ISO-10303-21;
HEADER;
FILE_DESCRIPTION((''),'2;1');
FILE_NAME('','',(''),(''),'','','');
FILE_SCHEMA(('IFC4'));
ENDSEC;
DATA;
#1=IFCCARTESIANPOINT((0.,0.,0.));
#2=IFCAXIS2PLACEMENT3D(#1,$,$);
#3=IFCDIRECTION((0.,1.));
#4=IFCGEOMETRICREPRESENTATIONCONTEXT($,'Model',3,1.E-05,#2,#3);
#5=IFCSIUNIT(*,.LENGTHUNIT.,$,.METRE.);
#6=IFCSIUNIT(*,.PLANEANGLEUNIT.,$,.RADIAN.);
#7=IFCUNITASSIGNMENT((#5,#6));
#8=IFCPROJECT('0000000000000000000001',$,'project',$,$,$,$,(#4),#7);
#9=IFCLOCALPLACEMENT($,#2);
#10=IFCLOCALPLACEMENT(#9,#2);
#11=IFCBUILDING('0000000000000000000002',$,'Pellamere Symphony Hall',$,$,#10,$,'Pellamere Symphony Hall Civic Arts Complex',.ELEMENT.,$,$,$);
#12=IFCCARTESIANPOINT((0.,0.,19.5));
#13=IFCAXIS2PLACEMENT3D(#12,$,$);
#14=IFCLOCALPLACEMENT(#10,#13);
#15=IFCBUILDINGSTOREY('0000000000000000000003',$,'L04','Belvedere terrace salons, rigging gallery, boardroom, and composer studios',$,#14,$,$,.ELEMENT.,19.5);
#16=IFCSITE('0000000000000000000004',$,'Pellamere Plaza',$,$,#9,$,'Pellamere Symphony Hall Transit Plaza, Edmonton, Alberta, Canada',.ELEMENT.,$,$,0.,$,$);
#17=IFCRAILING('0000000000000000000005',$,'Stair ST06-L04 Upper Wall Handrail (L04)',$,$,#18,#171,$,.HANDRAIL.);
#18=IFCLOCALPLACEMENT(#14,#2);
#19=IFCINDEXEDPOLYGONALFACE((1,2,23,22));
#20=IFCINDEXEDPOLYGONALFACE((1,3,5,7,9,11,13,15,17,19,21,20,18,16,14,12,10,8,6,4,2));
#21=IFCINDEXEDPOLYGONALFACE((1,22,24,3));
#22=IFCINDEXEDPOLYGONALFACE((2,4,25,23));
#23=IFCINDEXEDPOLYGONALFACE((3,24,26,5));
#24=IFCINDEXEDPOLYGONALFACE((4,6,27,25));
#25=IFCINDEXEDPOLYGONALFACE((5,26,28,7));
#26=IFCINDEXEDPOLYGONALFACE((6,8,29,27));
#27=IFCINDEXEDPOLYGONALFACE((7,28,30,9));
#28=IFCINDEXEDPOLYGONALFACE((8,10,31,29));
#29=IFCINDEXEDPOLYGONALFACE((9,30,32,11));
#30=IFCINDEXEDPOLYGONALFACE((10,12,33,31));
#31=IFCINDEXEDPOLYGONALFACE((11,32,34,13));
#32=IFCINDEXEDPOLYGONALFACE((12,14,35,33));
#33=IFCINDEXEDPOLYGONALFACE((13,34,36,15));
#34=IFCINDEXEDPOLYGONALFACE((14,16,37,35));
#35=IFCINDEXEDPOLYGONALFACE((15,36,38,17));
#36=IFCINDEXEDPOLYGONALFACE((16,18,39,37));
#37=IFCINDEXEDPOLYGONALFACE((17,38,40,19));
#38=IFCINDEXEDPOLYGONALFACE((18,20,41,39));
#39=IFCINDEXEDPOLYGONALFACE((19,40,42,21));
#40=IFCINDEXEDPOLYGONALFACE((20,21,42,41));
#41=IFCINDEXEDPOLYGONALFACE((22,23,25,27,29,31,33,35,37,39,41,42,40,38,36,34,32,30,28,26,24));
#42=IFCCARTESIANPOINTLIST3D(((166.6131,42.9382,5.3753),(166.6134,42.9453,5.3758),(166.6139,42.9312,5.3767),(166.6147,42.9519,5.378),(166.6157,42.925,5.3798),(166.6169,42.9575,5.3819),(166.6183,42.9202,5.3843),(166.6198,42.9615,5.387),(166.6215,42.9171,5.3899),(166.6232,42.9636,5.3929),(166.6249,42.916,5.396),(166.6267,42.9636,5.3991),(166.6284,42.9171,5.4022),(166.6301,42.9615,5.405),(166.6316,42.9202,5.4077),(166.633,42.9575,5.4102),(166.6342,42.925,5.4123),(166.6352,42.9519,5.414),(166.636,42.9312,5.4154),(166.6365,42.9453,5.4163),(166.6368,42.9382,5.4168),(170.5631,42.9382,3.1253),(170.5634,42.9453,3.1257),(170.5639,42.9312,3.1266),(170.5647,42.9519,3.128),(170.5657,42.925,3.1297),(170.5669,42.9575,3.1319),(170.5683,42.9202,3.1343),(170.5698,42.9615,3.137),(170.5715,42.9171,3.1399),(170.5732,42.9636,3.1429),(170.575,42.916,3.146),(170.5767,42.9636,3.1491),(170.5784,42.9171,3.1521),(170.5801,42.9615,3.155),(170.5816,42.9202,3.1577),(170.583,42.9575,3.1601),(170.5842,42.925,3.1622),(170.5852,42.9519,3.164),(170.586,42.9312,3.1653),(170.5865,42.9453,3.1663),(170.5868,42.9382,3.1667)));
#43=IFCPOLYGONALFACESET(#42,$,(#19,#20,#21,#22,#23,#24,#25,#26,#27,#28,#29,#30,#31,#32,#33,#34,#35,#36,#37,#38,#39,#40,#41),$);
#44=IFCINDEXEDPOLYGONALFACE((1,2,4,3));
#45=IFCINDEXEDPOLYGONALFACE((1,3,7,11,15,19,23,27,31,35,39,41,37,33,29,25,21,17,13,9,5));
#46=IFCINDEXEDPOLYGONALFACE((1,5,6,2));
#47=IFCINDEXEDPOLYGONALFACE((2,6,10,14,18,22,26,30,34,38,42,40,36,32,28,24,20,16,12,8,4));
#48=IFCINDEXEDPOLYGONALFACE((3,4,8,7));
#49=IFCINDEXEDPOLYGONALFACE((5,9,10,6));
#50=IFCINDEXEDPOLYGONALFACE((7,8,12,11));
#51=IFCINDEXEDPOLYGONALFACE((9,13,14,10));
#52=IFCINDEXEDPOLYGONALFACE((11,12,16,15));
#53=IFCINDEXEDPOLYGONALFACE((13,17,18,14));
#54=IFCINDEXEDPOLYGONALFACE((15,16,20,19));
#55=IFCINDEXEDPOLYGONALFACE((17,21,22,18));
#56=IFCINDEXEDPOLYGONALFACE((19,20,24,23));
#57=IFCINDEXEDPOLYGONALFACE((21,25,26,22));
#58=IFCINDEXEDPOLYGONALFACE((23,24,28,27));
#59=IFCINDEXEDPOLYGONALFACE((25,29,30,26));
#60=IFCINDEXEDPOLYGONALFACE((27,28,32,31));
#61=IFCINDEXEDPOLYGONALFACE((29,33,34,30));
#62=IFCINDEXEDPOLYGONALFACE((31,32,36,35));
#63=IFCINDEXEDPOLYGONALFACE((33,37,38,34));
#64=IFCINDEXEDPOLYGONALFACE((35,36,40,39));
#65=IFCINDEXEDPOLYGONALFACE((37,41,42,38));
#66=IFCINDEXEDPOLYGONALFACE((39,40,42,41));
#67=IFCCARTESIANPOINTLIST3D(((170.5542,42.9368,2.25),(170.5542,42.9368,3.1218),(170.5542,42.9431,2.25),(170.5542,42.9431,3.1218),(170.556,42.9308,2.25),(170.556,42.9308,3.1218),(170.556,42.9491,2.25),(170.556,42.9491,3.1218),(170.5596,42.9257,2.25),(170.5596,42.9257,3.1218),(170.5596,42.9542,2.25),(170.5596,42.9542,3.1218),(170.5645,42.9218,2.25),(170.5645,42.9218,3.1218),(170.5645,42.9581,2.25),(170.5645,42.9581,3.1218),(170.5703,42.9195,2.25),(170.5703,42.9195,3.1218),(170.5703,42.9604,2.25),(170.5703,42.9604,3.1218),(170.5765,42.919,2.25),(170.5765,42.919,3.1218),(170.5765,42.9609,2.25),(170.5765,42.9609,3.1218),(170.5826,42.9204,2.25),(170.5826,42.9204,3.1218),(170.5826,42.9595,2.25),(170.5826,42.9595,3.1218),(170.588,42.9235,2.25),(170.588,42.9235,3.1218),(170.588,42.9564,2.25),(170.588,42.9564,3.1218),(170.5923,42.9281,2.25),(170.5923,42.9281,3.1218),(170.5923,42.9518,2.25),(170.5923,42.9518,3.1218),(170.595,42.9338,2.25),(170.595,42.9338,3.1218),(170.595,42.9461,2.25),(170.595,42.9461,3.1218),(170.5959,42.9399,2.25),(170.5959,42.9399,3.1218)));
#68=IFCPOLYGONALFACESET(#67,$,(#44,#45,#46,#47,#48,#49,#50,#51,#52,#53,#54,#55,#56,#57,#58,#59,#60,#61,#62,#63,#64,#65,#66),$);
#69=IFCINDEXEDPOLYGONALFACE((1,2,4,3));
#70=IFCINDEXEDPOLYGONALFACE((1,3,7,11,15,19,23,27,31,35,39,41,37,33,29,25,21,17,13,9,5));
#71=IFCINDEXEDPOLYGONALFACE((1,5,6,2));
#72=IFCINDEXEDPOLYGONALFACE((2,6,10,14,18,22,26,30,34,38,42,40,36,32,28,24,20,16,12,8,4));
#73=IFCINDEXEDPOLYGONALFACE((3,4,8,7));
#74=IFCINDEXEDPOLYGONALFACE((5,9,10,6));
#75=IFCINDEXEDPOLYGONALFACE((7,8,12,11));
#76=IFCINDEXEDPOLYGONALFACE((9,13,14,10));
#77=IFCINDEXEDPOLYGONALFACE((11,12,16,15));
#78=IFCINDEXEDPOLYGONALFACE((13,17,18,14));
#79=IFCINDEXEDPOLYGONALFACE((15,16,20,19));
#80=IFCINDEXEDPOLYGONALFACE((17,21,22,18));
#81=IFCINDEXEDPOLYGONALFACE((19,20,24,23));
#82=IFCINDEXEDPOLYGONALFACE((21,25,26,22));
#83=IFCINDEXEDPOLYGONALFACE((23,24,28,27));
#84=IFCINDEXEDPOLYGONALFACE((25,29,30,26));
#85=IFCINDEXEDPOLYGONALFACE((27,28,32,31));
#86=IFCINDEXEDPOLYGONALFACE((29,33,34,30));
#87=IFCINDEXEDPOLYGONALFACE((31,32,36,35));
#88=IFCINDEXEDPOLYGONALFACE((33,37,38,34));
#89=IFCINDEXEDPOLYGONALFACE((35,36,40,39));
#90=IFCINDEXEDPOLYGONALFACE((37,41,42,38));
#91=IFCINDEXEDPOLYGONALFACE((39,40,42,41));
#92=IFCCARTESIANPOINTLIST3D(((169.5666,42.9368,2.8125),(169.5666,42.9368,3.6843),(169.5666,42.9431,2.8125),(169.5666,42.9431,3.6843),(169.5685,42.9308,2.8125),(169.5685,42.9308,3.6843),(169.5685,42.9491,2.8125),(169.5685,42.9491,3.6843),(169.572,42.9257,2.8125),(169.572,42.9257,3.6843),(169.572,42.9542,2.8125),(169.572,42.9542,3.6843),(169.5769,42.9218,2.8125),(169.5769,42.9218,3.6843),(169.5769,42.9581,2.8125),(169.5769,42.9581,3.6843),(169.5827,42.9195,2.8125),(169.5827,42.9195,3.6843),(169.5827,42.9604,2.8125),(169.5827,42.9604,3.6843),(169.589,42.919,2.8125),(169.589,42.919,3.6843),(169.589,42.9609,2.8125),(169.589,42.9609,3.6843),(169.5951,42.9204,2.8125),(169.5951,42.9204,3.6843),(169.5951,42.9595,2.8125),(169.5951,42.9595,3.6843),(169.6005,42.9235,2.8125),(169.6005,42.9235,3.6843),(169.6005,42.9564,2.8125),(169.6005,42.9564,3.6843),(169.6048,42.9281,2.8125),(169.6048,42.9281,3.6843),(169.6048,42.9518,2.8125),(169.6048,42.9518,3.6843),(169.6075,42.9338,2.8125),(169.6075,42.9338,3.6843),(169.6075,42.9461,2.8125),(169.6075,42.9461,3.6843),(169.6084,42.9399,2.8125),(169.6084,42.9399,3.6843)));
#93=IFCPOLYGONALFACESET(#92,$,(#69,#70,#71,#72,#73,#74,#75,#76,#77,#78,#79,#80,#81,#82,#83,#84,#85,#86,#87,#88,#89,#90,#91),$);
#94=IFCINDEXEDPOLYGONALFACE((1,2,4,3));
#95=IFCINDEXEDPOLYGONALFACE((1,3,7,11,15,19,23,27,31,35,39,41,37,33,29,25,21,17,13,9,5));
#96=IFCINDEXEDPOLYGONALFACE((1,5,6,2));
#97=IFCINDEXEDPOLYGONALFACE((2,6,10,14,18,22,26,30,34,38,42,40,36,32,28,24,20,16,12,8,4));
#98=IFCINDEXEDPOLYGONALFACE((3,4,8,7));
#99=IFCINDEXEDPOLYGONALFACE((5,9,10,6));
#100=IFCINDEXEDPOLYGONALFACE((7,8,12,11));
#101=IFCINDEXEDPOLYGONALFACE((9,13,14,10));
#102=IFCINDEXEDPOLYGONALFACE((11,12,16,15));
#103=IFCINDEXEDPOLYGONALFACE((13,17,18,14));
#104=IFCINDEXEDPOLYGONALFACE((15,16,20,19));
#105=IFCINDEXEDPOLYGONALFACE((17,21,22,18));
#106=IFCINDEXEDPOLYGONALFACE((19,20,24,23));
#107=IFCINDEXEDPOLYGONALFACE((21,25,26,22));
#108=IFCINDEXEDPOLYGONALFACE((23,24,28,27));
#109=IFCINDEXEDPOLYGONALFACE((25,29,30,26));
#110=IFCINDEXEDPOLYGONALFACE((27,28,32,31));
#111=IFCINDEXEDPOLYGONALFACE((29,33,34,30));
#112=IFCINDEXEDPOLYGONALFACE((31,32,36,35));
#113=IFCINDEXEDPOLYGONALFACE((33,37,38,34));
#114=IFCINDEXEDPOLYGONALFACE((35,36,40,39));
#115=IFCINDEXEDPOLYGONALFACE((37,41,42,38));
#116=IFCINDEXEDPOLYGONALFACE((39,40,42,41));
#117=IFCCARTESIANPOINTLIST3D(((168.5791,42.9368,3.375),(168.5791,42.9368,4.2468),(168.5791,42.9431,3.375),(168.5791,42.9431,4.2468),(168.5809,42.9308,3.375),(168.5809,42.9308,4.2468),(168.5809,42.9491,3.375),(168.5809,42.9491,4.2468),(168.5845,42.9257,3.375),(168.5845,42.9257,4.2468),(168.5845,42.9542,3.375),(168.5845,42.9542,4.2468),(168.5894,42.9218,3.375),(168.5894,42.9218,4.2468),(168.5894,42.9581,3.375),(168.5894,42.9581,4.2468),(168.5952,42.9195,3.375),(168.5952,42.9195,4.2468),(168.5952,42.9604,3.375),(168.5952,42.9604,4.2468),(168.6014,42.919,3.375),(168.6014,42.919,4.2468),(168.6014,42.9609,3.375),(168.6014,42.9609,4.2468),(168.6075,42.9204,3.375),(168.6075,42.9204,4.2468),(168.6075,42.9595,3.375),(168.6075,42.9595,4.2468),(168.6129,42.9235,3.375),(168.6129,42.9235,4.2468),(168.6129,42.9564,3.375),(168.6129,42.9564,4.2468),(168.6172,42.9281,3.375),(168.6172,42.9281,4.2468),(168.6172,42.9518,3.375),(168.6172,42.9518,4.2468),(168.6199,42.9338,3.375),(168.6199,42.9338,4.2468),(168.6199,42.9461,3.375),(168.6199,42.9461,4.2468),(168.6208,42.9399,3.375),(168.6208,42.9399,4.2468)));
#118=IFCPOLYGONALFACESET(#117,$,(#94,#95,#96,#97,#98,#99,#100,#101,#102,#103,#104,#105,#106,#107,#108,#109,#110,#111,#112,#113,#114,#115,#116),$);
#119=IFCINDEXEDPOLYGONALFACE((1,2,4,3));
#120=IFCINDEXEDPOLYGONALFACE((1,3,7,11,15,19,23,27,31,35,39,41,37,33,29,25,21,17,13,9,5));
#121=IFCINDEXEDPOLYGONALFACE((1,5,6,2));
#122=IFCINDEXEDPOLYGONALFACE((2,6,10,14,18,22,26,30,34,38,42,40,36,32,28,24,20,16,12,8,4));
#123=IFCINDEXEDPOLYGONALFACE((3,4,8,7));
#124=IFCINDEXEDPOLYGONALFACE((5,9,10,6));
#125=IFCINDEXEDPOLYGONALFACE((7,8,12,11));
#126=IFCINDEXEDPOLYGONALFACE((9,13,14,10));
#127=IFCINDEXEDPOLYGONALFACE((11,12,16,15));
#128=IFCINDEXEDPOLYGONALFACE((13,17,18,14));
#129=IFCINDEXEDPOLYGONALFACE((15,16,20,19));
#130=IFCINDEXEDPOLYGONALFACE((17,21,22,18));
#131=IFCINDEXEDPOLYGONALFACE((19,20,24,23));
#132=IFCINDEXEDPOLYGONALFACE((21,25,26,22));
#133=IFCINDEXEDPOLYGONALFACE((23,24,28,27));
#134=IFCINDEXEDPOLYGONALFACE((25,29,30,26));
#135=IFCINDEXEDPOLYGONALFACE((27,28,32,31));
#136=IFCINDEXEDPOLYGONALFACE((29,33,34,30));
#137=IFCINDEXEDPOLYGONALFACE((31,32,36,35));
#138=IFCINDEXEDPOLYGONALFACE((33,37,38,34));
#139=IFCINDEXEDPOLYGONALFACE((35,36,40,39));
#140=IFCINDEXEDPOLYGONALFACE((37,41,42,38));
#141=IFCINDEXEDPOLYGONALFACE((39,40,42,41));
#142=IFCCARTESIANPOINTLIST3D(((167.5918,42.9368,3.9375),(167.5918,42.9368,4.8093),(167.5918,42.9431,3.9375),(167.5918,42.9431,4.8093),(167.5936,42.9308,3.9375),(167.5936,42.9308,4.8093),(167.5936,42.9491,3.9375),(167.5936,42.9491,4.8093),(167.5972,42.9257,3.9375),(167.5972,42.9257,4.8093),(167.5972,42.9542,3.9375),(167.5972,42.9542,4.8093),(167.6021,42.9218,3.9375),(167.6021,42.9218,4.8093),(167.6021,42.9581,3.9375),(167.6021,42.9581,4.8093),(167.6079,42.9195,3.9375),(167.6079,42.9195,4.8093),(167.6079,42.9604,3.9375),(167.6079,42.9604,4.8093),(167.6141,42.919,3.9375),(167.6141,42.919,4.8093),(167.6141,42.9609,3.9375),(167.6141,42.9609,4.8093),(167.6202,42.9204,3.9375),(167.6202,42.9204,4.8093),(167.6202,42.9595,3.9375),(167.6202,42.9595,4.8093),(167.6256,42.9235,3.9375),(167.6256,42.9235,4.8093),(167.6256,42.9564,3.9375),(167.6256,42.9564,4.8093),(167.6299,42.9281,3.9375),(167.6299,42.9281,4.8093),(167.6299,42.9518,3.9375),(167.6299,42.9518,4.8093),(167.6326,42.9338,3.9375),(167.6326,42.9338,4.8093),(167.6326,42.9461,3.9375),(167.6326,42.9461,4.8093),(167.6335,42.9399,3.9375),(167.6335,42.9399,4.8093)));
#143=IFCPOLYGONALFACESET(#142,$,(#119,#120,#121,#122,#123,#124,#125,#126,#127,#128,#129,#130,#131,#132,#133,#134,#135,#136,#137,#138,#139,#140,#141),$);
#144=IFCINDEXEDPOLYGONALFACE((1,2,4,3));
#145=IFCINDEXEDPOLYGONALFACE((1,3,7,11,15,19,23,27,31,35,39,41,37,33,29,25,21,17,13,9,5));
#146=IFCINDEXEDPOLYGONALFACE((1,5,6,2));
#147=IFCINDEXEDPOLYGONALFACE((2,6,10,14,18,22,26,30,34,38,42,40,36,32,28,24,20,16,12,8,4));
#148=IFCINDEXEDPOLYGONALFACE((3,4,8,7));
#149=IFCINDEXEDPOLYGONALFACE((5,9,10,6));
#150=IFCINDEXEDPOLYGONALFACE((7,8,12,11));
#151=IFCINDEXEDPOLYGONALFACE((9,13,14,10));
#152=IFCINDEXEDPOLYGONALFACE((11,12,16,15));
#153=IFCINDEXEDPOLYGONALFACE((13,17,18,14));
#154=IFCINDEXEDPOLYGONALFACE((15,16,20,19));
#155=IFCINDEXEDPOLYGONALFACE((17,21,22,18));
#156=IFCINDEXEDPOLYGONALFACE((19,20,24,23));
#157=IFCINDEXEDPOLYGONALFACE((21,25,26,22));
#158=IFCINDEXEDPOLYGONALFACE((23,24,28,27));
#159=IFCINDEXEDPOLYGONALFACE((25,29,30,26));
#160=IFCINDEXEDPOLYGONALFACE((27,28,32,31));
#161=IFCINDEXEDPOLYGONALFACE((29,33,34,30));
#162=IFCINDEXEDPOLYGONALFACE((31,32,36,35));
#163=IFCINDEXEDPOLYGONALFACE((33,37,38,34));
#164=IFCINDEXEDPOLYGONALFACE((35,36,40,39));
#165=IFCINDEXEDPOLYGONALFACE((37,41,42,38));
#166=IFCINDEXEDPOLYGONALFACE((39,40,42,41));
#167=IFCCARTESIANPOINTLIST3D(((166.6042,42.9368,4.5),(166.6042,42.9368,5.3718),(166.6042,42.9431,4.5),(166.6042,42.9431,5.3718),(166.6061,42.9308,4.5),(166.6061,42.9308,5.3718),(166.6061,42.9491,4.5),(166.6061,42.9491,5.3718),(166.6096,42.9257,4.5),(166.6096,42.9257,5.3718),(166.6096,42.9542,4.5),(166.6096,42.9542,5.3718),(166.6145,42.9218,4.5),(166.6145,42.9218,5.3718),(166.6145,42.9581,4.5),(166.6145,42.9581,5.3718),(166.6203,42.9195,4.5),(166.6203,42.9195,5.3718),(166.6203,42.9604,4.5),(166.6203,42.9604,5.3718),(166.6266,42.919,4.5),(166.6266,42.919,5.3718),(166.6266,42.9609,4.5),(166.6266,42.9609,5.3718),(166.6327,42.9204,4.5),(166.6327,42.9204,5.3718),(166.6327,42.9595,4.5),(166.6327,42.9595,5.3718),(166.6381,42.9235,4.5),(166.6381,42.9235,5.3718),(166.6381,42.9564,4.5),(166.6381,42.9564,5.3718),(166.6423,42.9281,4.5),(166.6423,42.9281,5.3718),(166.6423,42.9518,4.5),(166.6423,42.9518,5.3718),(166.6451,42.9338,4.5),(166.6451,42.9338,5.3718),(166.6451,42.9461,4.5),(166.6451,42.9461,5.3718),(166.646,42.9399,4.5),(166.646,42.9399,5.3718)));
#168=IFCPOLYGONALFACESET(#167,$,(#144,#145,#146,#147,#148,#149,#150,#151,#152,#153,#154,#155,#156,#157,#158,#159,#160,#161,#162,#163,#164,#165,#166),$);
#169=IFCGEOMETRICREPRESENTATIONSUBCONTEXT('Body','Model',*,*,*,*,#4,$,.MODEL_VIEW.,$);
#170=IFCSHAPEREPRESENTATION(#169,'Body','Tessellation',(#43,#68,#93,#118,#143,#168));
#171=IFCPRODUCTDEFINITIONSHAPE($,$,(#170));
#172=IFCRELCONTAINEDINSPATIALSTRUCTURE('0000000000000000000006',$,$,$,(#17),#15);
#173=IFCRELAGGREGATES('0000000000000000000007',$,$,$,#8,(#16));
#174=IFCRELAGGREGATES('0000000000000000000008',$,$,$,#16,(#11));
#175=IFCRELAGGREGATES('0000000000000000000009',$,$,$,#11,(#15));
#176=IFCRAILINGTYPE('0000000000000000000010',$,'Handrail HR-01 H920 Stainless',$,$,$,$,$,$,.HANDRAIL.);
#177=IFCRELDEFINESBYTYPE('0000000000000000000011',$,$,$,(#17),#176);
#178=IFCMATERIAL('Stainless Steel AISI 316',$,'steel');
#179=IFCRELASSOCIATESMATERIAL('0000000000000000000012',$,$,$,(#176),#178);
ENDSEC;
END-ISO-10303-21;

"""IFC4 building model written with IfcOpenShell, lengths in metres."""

from ifc_helpers import new_model, si_unit, direction, frame, origin, origin_2d, place, context, subcontext, project, spatial, circle, extrude, material, type_object, element, save


model = new_model("IFC4")

# Units and contexts
model_context = context("Model", 3, precision=1e-05, world=origin(), true_north=direction((0.0, 1.0)))
body_context = subcontext(model_context, "Body", "Model", "MODEL_VIEW")
ifc_project = project(units=[si_unit("LENGTHUNIT", "METRE"), si_unit("PLANEANGLEUNIT", "RADIAN")], contexts=[model_context])

# Site, building, storey
site_placement = place(None, origin())
site = spatial("IfcSite", under=ifc_project, at=site_placement, Name="Pellamere Plaza", LongName="Pellamere Symphony Hall Transit Plaza, Edmonton, Alberta, Canada", CompositionType="ELEMENT", RefElevation=0.0)
building_placement = place(site_placement, origin())
building = spatial("IfcBuilding", under=site, at=building_placement, Name="Pellamere Symphony Hall", LongName="Pellamere Symphony Hall Civic Arts Complex", CompositionType="ELEMENT")
storey_placement = place(building_placement, frame((0.0, 0.0, 19.5)))
storey = spatial("IfcBuildingStorey", under=building, at=storey_placement, Name="L04", Description="Belvedere terrace salons, rigging gallery, boardroom, and composer studios", CompositionType="ELEMENT", Elevation=19.5)

# Railing
ifc_material_1 = material(Name="Stainless Steel AISI 316", Category="steel")
railing_type_1 = type_object("IfcRailingType", Name="Handrail HR-01 H920 Stainless", PredefinedType="HANDRAIL", material=ifc_material_1)
railing_1_placement = place(storey_placement, frame((170.575, 42.9399, 2.25)))
element("IfcRailing", 1, at=railing_1_placement, inside=storey, type_object=railing_type_1, Name="Stair ST06-L04 Upper Wall Handrail (L04)", PredefinedType="HANDRAIL", context=body_context, shape_type="SweptSolid", body=[
    extrude(circle(Radius=0.0239, at=origin_2d()), frame((0.0, 0.0, 0.896), z_axis=(-0.868917, 0.0, 0.494959), x_axis=(0.0, -1.0, 0.0)), (0.0, 0.0, 1.0), 4.5459),
    extrude(circle(Radius=0.021, at=origin_2d()), origin(), (0.0, 0.0, 1.0), 0.8718),
    extrude(circle(Radius=0.021, at=origin_2d()), frame((-0.9875, 0.0, 0.5625)), (0.0, 0.0, 1.0), 0.8718),
    extrude(circle(Radius=0.021, at=origin_2d()), frame((-1.9751, 0.0, 1.125)), (0.0, 0.0, 1.0), 0.8718),
    extrude(circle(Radius=0.021, at=origin_2d()), frame((-2.9624, 0.0, 1.6875)), (0.0, 0.0, 1.0), 0.8718),
    extrude(circle(Radius=0.021, at=origin_2d()), frame((-3.95, 0.0, 2.25)), (0.0, 0.0, 1.0), 0.8718),
])

save(model, "model.ifc")
